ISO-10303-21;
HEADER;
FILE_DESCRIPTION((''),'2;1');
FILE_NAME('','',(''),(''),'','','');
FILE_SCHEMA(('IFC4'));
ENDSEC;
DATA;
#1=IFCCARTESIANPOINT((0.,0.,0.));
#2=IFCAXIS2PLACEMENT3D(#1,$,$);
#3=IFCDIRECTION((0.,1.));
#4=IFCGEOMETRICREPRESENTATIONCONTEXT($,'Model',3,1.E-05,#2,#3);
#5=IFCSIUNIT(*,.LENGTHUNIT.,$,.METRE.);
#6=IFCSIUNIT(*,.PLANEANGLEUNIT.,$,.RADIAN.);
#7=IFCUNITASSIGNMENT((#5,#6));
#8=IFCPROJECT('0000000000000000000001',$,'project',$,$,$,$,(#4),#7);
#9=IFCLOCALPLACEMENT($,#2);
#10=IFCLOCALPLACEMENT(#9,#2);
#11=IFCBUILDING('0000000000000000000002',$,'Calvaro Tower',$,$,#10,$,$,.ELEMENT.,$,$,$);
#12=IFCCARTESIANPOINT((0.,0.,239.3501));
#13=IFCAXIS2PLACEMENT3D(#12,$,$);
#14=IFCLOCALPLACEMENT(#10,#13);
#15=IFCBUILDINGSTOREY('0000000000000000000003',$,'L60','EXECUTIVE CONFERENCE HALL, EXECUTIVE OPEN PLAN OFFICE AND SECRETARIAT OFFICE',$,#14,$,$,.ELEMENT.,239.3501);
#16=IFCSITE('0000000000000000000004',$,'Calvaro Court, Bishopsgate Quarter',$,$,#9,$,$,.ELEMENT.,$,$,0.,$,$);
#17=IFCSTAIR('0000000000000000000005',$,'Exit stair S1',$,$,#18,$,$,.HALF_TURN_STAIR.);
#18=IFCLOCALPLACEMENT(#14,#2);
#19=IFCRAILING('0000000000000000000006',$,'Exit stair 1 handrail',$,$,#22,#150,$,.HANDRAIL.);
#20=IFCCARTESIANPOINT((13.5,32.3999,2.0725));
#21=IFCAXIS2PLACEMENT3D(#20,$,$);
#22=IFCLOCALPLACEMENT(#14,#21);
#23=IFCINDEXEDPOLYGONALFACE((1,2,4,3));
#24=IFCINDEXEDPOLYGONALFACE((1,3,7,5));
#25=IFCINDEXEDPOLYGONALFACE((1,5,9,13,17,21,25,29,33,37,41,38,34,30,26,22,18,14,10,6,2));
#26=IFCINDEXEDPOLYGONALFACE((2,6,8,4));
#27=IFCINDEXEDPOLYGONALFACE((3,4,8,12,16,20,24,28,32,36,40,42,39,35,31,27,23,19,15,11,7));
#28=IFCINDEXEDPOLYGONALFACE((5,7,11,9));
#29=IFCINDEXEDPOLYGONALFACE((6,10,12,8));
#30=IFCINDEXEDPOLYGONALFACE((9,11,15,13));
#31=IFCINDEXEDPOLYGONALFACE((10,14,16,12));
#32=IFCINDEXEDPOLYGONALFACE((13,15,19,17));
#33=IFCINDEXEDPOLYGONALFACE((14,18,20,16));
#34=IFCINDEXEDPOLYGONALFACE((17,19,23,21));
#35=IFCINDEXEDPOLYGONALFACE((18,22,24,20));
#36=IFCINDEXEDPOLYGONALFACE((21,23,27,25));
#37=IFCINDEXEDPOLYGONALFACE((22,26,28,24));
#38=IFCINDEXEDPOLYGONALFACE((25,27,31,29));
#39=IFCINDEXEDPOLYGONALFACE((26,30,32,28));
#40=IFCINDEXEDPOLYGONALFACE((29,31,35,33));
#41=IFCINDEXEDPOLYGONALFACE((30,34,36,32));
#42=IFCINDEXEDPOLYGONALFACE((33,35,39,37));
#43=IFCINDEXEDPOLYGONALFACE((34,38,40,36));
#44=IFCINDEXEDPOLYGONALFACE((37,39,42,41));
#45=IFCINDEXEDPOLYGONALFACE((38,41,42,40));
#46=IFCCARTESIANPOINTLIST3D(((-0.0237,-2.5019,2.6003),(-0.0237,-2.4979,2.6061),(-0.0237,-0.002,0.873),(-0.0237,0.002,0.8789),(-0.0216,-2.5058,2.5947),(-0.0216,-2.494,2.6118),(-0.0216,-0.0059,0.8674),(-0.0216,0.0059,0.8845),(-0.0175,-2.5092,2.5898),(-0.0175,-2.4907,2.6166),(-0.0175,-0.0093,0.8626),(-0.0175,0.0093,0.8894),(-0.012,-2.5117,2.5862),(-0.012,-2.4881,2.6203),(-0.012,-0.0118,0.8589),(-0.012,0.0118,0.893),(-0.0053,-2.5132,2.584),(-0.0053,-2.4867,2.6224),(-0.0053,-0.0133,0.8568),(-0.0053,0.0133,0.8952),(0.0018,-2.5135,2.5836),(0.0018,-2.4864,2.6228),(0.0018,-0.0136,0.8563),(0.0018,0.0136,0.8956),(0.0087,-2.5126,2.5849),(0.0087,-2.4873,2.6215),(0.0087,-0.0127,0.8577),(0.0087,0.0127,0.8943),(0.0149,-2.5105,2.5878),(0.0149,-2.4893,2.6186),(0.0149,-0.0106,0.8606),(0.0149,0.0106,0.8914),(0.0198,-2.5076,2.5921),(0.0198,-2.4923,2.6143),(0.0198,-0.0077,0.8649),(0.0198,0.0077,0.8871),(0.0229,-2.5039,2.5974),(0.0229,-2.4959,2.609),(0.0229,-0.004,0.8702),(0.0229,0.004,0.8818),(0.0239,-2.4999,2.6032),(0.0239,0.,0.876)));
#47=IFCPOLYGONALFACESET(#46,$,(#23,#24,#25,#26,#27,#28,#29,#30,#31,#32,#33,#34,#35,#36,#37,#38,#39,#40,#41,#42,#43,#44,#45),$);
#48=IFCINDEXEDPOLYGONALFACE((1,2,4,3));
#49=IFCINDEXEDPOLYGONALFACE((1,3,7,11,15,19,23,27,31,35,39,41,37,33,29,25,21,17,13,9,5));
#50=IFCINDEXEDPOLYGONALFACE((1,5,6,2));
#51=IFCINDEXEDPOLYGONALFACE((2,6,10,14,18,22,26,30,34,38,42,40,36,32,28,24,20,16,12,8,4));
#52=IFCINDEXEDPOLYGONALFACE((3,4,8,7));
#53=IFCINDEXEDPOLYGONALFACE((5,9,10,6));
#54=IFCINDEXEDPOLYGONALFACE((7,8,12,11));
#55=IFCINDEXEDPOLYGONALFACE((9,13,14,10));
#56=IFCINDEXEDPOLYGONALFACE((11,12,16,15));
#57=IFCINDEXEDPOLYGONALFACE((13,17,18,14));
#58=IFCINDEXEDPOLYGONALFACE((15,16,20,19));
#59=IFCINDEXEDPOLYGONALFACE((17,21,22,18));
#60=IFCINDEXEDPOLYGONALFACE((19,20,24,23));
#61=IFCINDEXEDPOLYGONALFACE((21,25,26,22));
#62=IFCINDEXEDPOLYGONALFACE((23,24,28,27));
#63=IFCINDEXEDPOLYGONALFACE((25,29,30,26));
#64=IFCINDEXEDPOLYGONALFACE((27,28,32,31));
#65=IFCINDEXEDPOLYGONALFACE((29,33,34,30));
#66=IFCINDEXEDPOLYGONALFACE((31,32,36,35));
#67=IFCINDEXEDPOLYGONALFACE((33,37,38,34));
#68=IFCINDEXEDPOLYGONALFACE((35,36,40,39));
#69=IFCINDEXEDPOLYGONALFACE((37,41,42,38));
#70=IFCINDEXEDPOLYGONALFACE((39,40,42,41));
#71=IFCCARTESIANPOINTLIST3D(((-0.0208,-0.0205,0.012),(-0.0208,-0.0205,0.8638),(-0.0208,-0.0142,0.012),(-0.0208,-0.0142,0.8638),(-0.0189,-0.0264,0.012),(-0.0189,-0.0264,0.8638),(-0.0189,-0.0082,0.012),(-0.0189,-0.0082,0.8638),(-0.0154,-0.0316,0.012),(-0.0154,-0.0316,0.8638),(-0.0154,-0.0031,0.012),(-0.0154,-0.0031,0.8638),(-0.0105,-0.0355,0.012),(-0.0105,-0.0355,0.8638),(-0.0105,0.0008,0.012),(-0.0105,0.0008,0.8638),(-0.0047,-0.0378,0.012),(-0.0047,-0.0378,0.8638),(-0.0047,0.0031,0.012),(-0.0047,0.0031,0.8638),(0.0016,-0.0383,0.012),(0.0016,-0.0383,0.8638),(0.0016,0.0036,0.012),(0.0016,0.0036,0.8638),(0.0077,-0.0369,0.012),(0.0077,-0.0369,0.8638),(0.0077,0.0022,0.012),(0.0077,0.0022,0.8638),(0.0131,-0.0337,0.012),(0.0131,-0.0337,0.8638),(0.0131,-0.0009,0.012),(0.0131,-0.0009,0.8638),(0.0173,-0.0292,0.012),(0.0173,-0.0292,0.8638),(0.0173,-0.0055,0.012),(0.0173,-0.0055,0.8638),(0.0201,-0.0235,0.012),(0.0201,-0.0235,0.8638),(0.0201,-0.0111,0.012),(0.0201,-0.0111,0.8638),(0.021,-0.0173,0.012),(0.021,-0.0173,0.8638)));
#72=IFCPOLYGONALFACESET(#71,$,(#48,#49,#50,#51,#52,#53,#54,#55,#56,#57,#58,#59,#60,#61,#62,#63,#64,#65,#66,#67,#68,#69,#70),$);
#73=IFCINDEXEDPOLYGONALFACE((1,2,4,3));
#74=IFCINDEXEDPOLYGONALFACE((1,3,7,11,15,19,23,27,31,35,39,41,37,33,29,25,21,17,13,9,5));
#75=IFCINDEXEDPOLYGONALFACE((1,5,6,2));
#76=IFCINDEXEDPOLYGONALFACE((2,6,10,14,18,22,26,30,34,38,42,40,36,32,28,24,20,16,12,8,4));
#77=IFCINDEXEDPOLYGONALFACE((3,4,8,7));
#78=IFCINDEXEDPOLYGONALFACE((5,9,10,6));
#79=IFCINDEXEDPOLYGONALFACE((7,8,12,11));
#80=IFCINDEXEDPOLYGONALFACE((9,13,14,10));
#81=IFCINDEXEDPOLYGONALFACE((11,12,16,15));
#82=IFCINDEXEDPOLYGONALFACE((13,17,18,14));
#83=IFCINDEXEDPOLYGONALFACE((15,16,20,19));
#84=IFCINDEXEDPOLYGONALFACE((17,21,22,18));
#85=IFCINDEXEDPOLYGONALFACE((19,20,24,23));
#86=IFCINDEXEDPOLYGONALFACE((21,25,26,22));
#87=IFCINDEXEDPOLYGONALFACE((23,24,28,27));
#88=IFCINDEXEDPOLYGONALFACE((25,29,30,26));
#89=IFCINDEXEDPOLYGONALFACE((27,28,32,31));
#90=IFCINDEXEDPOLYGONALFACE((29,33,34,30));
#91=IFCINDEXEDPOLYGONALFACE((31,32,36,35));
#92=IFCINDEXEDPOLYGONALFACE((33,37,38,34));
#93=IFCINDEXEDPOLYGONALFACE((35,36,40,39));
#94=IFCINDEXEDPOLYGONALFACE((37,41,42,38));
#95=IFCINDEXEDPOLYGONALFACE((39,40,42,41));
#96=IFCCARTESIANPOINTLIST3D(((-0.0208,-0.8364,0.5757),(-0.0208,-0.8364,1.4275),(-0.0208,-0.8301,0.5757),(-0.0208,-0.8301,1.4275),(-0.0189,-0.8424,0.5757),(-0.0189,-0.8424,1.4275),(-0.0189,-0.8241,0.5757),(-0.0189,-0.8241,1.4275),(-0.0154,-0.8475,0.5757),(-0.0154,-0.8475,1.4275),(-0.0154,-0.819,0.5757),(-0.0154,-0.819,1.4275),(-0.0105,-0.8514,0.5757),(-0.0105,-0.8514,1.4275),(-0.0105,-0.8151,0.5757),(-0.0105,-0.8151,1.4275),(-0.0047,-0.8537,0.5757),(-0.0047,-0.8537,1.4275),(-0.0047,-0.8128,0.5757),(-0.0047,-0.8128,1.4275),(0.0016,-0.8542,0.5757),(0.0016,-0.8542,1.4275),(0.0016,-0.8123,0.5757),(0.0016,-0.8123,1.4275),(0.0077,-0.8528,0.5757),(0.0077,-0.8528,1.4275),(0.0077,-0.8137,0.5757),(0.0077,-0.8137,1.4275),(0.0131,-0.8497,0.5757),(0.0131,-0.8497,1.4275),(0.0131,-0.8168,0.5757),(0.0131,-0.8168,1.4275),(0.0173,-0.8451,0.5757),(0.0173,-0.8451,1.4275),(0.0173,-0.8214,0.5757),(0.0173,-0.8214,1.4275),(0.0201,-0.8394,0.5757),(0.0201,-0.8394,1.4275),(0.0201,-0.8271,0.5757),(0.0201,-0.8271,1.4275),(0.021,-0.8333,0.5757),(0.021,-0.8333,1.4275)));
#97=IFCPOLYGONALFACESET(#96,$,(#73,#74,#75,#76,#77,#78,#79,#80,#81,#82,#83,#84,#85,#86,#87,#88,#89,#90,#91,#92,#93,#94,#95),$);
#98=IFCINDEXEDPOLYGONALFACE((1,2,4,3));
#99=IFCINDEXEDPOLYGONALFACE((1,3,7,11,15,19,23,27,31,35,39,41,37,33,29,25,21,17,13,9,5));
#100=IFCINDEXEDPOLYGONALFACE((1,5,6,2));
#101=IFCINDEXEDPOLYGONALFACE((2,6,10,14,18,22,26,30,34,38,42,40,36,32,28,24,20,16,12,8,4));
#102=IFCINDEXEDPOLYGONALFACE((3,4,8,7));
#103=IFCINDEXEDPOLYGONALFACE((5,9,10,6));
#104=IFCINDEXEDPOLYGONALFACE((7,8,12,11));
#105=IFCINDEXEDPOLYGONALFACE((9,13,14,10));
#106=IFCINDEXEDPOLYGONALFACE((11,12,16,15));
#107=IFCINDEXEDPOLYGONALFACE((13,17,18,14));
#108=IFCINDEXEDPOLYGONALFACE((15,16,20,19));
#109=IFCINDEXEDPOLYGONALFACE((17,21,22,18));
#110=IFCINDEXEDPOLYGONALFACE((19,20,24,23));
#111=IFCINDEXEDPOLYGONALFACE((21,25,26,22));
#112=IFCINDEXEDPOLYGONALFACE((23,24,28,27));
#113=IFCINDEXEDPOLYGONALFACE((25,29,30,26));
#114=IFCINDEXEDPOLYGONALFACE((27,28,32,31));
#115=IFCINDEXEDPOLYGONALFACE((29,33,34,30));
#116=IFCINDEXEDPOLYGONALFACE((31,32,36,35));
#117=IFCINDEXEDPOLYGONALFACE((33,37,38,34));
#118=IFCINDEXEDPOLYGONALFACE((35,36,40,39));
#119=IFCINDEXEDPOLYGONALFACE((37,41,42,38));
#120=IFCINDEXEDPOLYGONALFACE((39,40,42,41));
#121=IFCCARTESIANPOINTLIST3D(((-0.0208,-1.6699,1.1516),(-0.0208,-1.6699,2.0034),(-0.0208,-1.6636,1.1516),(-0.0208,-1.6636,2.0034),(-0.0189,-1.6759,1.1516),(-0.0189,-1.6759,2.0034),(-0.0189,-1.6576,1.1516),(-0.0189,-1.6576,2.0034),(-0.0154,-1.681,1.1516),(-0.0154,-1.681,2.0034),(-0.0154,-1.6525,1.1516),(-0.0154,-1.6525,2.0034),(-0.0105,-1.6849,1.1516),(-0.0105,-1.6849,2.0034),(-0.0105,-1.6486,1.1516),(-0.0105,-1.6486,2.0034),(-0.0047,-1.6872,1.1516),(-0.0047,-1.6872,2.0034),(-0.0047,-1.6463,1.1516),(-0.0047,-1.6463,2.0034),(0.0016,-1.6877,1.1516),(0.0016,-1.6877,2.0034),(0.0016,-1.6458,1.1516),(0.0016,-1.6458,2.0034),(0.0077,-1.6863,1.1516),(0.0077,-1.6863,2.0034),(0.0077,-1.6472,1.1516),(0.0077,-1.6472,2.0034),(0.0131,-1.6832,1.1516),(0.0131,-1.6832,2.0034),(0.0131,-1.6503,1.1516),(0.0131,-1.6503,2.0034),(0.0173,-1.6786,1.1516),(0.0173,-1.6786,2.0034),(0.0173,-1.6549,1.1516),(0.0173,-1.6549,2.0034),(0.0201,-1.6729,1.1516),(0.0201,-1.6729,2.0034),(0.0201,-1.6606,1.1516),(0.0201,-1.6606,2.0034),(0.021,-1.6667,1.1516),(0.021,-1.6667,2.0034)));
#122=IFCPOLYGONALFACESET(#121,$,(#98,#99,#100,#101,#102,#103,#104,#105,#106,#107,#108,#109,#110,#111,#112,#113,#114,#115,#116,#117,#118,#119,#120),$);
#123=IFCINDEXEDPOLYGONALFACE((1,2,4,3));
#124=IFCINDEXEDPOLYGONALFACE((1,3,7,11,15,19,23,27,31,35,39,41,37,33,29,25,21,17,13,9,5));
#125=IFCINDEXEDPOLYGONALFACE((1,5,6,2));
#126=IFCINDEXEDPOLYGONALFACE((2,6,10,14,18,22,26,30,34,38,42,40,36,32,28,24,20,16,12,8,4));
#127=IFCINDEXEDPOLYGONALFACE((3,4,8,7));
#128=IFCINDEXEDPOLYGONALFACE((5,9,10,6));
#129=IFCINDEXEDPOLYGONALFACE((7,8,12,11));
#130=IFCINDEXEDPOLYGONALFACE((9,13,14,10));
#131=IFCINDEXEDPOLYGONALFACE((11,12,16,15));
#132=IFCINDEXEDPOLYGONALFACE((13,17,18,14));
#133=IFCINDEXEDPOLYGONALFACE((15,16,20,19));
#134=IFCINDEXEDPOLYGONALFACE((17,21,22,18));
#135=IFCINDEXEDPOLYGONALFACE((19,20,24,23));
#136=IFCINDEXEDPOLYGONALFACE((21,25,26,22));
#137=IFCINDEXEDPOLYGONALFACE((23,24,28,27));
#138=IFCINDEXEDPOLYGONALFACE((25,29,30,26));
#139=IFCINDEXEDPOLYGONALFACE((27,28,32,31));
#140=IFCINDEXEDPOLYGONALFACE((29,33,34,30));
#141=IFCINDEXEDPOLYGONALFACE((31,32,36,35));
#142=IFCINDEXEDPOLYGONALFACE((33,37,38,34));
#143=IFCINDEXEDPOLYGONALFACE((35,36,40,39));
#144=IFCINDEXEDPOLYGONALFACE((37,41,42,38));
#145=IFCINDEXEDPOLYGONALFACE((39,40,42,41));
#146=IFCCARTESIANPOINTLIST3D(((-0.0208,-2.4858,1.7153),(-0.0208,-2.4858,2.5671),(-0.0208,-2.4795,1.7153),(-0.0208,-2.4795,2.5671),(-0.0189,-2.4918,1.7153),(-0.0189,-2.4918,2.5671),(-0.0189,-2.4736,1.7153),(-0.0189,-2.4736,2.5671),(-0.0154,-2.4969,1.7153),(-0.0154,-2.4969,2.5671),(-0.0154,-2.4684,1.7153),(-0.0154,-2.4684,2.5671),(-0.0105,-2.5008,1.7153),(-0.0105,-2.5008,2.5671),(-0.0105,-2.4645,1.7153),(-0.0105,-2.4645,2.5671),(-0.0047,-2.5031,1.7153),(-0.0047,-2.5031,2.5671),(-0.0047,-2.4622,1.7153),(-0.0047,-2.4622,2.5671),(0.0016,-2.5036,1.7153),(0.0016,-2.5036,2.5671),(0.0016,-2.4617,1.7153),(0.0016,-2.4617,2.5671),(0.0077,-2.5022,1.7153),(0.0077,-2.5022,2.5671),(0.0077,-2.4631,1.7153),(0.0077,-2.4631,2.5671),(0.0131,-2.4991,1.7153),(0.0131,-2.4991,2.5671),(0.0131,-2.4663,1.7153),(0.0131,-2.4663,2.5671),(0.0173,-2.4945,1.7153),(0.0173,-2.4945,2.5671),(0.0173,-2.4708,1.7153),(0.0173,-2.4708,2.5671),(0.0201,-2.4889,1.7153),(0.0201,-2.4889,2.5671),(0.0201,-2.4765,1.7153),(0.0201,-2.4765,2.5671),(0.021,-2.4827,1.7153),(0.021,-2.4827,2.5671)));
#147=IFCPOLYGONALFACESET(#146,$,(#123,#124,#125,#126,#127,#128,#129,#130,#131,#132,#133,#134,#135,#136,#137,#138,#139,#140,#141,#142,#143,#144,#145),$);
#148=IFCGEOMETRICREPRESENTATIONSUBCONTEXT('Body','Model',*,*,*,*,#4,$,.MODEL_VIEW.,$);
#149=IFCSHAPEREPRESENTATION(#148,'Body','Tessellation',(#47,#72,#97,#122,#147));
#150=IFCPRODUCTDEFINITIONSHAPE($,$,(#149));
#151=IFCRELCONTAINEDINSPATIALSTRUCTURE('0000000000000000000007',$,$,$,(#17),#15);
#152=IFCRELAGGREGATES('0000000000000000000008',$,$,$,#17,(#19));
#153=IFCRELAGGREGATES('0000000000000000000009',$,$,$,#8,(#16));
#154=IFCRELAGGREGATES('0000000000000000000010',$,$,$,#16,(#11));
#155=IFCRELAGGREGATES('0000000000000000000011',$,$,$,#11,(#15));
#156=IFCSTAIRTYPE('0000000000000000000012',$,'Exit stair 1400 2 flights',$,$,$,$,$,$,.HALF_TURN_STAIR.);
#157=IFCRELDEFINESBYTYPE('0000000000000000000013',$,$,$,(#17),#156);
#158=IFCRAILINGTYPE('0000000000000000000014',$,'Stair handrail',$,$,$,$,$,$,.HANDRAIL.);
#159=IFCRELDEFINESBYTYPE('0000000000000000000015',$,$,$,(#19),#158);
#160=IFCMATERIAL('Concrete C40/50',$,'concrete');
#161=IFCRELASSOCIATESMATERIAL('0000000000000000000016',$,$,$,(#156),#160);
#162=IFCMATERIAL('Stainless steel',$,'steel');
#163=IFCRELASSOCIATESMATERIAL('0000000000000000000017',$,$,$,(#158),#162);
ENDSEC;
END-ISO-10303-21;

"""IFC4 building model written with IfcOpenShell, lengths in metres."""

from ifc_helpers import new_model, si_unit, direction, frame, origin, origin_2d, place, context, subcontext, project, spatial, circle, extrude, material, type_object, element, aggregate, save


model = new_model("IFC4")

# Units and contexts
model_context = context("Model", 3, precision=1e-05, world=origin(), true_north=direction((0.0, 1.0)))
body_context = subcontext(model_context, "Body", "Model", "MODEL_VIEW")
ifc_project = project(units=[si_unit("LENGTHUNIT", "METRE"), si_unit("PLANEANGLEUNIT", "RADIAN")], contexts=[model_context])

# Site, building, storey
site_placement = place(None, origin())
site = spatial("IfcSite", under=ifc_project, at=site_placement, Name="Calvaro Court, Bishopsgate Quarter", CompositionType="ELEMENT", RefElevation=0.0)
building_placement = place(site_placement, origin())
building = spatial("IfcBuilding", under=site, at=building_placement, Name="Calvaro Tower", CompositionType="ELEMENT")
storey_placement = place(building_placement, frame((0.0, 0.0, 239.3501)))
storey = spatial("IfcBuildingStorey", under=building, at=storey_placement, Name="L60", Description="EXECUTIVE CONFERENCE HALL, EXECUTIVE OPEN PLAN OFFICE AND SECRETARIAT OFFICE", CompositionType="ELEMENT", Elevation=239.3501)

# Stair, railing
ifc_material_1 = material(Name="Concrete C40/50", Category="concrete")
stair_type = type_object("IfcStairType", Name="Exit stair 1400 2 flights", PredefinedType="HALF_TURN_STAIR", material=ifc_material_1)
stair_1_placement = place(storey_placement, origin())
stair_1 = element("IfcStair", 1, at=stair_1_placement, inside=storey, type_object=stair_type, Name="Exit stair S1", PredefinedType="HALF_TURN_STAIR")
ifc_material_2 = material(Name="Stainless steel", Category="steel")
railing_type = type_object("IfcRailingType", Name="Stair handrail", PredefinedType="HANDRAIL", material=ifc_material_2)
railing_1_placement = place(storey_placement, frame((13.5, 32.3999, 2.0725)))
railing_1 = element("IfcRailing", 2, at=railing_1_placement, type_object=railing_type, Name="Exit stair 1 handrail", PredefinedType="HANDRAIL", context=body_context, shape_type="SweptSolid", body=[
    extrude(circle(Radius=0.0239, at=origin_2d()), frame((0.0, 0.0, 0.876), z_axis=(0.0, -0.822727, 0.568437), x_axis=(1.0, 0.0, 0.0)), (0.0, 0.0, 1.0), 3.0386),
    extrude(circle(Radius=0.021, at=origin_2d()), frame((0.0, -0.0173, 0.012)), (0.0, 0.0, 1.0), 0.8518),
    extrude(circle(Radius=0.021, at=origin_2d()), frame((0.0, -0.8333, 0.5757)), (0.0, 0.0, 1.0), 0.8518),
    extrude(circle(Radius=0.021, at=origin_2d()), frame((0.0, -1.6667, 1.1516)), (0.0, 0.0, 1.0), 0.8518),
    extrude(circle(Radius=0.021, at=origin_2d()), frame((0.0, -2.4827, 1.7153)), (0.0, 0.0, 1.0), 0.8518),
])
aggregate(stair_1, [railing_1])

save(model, "model.ifc")
